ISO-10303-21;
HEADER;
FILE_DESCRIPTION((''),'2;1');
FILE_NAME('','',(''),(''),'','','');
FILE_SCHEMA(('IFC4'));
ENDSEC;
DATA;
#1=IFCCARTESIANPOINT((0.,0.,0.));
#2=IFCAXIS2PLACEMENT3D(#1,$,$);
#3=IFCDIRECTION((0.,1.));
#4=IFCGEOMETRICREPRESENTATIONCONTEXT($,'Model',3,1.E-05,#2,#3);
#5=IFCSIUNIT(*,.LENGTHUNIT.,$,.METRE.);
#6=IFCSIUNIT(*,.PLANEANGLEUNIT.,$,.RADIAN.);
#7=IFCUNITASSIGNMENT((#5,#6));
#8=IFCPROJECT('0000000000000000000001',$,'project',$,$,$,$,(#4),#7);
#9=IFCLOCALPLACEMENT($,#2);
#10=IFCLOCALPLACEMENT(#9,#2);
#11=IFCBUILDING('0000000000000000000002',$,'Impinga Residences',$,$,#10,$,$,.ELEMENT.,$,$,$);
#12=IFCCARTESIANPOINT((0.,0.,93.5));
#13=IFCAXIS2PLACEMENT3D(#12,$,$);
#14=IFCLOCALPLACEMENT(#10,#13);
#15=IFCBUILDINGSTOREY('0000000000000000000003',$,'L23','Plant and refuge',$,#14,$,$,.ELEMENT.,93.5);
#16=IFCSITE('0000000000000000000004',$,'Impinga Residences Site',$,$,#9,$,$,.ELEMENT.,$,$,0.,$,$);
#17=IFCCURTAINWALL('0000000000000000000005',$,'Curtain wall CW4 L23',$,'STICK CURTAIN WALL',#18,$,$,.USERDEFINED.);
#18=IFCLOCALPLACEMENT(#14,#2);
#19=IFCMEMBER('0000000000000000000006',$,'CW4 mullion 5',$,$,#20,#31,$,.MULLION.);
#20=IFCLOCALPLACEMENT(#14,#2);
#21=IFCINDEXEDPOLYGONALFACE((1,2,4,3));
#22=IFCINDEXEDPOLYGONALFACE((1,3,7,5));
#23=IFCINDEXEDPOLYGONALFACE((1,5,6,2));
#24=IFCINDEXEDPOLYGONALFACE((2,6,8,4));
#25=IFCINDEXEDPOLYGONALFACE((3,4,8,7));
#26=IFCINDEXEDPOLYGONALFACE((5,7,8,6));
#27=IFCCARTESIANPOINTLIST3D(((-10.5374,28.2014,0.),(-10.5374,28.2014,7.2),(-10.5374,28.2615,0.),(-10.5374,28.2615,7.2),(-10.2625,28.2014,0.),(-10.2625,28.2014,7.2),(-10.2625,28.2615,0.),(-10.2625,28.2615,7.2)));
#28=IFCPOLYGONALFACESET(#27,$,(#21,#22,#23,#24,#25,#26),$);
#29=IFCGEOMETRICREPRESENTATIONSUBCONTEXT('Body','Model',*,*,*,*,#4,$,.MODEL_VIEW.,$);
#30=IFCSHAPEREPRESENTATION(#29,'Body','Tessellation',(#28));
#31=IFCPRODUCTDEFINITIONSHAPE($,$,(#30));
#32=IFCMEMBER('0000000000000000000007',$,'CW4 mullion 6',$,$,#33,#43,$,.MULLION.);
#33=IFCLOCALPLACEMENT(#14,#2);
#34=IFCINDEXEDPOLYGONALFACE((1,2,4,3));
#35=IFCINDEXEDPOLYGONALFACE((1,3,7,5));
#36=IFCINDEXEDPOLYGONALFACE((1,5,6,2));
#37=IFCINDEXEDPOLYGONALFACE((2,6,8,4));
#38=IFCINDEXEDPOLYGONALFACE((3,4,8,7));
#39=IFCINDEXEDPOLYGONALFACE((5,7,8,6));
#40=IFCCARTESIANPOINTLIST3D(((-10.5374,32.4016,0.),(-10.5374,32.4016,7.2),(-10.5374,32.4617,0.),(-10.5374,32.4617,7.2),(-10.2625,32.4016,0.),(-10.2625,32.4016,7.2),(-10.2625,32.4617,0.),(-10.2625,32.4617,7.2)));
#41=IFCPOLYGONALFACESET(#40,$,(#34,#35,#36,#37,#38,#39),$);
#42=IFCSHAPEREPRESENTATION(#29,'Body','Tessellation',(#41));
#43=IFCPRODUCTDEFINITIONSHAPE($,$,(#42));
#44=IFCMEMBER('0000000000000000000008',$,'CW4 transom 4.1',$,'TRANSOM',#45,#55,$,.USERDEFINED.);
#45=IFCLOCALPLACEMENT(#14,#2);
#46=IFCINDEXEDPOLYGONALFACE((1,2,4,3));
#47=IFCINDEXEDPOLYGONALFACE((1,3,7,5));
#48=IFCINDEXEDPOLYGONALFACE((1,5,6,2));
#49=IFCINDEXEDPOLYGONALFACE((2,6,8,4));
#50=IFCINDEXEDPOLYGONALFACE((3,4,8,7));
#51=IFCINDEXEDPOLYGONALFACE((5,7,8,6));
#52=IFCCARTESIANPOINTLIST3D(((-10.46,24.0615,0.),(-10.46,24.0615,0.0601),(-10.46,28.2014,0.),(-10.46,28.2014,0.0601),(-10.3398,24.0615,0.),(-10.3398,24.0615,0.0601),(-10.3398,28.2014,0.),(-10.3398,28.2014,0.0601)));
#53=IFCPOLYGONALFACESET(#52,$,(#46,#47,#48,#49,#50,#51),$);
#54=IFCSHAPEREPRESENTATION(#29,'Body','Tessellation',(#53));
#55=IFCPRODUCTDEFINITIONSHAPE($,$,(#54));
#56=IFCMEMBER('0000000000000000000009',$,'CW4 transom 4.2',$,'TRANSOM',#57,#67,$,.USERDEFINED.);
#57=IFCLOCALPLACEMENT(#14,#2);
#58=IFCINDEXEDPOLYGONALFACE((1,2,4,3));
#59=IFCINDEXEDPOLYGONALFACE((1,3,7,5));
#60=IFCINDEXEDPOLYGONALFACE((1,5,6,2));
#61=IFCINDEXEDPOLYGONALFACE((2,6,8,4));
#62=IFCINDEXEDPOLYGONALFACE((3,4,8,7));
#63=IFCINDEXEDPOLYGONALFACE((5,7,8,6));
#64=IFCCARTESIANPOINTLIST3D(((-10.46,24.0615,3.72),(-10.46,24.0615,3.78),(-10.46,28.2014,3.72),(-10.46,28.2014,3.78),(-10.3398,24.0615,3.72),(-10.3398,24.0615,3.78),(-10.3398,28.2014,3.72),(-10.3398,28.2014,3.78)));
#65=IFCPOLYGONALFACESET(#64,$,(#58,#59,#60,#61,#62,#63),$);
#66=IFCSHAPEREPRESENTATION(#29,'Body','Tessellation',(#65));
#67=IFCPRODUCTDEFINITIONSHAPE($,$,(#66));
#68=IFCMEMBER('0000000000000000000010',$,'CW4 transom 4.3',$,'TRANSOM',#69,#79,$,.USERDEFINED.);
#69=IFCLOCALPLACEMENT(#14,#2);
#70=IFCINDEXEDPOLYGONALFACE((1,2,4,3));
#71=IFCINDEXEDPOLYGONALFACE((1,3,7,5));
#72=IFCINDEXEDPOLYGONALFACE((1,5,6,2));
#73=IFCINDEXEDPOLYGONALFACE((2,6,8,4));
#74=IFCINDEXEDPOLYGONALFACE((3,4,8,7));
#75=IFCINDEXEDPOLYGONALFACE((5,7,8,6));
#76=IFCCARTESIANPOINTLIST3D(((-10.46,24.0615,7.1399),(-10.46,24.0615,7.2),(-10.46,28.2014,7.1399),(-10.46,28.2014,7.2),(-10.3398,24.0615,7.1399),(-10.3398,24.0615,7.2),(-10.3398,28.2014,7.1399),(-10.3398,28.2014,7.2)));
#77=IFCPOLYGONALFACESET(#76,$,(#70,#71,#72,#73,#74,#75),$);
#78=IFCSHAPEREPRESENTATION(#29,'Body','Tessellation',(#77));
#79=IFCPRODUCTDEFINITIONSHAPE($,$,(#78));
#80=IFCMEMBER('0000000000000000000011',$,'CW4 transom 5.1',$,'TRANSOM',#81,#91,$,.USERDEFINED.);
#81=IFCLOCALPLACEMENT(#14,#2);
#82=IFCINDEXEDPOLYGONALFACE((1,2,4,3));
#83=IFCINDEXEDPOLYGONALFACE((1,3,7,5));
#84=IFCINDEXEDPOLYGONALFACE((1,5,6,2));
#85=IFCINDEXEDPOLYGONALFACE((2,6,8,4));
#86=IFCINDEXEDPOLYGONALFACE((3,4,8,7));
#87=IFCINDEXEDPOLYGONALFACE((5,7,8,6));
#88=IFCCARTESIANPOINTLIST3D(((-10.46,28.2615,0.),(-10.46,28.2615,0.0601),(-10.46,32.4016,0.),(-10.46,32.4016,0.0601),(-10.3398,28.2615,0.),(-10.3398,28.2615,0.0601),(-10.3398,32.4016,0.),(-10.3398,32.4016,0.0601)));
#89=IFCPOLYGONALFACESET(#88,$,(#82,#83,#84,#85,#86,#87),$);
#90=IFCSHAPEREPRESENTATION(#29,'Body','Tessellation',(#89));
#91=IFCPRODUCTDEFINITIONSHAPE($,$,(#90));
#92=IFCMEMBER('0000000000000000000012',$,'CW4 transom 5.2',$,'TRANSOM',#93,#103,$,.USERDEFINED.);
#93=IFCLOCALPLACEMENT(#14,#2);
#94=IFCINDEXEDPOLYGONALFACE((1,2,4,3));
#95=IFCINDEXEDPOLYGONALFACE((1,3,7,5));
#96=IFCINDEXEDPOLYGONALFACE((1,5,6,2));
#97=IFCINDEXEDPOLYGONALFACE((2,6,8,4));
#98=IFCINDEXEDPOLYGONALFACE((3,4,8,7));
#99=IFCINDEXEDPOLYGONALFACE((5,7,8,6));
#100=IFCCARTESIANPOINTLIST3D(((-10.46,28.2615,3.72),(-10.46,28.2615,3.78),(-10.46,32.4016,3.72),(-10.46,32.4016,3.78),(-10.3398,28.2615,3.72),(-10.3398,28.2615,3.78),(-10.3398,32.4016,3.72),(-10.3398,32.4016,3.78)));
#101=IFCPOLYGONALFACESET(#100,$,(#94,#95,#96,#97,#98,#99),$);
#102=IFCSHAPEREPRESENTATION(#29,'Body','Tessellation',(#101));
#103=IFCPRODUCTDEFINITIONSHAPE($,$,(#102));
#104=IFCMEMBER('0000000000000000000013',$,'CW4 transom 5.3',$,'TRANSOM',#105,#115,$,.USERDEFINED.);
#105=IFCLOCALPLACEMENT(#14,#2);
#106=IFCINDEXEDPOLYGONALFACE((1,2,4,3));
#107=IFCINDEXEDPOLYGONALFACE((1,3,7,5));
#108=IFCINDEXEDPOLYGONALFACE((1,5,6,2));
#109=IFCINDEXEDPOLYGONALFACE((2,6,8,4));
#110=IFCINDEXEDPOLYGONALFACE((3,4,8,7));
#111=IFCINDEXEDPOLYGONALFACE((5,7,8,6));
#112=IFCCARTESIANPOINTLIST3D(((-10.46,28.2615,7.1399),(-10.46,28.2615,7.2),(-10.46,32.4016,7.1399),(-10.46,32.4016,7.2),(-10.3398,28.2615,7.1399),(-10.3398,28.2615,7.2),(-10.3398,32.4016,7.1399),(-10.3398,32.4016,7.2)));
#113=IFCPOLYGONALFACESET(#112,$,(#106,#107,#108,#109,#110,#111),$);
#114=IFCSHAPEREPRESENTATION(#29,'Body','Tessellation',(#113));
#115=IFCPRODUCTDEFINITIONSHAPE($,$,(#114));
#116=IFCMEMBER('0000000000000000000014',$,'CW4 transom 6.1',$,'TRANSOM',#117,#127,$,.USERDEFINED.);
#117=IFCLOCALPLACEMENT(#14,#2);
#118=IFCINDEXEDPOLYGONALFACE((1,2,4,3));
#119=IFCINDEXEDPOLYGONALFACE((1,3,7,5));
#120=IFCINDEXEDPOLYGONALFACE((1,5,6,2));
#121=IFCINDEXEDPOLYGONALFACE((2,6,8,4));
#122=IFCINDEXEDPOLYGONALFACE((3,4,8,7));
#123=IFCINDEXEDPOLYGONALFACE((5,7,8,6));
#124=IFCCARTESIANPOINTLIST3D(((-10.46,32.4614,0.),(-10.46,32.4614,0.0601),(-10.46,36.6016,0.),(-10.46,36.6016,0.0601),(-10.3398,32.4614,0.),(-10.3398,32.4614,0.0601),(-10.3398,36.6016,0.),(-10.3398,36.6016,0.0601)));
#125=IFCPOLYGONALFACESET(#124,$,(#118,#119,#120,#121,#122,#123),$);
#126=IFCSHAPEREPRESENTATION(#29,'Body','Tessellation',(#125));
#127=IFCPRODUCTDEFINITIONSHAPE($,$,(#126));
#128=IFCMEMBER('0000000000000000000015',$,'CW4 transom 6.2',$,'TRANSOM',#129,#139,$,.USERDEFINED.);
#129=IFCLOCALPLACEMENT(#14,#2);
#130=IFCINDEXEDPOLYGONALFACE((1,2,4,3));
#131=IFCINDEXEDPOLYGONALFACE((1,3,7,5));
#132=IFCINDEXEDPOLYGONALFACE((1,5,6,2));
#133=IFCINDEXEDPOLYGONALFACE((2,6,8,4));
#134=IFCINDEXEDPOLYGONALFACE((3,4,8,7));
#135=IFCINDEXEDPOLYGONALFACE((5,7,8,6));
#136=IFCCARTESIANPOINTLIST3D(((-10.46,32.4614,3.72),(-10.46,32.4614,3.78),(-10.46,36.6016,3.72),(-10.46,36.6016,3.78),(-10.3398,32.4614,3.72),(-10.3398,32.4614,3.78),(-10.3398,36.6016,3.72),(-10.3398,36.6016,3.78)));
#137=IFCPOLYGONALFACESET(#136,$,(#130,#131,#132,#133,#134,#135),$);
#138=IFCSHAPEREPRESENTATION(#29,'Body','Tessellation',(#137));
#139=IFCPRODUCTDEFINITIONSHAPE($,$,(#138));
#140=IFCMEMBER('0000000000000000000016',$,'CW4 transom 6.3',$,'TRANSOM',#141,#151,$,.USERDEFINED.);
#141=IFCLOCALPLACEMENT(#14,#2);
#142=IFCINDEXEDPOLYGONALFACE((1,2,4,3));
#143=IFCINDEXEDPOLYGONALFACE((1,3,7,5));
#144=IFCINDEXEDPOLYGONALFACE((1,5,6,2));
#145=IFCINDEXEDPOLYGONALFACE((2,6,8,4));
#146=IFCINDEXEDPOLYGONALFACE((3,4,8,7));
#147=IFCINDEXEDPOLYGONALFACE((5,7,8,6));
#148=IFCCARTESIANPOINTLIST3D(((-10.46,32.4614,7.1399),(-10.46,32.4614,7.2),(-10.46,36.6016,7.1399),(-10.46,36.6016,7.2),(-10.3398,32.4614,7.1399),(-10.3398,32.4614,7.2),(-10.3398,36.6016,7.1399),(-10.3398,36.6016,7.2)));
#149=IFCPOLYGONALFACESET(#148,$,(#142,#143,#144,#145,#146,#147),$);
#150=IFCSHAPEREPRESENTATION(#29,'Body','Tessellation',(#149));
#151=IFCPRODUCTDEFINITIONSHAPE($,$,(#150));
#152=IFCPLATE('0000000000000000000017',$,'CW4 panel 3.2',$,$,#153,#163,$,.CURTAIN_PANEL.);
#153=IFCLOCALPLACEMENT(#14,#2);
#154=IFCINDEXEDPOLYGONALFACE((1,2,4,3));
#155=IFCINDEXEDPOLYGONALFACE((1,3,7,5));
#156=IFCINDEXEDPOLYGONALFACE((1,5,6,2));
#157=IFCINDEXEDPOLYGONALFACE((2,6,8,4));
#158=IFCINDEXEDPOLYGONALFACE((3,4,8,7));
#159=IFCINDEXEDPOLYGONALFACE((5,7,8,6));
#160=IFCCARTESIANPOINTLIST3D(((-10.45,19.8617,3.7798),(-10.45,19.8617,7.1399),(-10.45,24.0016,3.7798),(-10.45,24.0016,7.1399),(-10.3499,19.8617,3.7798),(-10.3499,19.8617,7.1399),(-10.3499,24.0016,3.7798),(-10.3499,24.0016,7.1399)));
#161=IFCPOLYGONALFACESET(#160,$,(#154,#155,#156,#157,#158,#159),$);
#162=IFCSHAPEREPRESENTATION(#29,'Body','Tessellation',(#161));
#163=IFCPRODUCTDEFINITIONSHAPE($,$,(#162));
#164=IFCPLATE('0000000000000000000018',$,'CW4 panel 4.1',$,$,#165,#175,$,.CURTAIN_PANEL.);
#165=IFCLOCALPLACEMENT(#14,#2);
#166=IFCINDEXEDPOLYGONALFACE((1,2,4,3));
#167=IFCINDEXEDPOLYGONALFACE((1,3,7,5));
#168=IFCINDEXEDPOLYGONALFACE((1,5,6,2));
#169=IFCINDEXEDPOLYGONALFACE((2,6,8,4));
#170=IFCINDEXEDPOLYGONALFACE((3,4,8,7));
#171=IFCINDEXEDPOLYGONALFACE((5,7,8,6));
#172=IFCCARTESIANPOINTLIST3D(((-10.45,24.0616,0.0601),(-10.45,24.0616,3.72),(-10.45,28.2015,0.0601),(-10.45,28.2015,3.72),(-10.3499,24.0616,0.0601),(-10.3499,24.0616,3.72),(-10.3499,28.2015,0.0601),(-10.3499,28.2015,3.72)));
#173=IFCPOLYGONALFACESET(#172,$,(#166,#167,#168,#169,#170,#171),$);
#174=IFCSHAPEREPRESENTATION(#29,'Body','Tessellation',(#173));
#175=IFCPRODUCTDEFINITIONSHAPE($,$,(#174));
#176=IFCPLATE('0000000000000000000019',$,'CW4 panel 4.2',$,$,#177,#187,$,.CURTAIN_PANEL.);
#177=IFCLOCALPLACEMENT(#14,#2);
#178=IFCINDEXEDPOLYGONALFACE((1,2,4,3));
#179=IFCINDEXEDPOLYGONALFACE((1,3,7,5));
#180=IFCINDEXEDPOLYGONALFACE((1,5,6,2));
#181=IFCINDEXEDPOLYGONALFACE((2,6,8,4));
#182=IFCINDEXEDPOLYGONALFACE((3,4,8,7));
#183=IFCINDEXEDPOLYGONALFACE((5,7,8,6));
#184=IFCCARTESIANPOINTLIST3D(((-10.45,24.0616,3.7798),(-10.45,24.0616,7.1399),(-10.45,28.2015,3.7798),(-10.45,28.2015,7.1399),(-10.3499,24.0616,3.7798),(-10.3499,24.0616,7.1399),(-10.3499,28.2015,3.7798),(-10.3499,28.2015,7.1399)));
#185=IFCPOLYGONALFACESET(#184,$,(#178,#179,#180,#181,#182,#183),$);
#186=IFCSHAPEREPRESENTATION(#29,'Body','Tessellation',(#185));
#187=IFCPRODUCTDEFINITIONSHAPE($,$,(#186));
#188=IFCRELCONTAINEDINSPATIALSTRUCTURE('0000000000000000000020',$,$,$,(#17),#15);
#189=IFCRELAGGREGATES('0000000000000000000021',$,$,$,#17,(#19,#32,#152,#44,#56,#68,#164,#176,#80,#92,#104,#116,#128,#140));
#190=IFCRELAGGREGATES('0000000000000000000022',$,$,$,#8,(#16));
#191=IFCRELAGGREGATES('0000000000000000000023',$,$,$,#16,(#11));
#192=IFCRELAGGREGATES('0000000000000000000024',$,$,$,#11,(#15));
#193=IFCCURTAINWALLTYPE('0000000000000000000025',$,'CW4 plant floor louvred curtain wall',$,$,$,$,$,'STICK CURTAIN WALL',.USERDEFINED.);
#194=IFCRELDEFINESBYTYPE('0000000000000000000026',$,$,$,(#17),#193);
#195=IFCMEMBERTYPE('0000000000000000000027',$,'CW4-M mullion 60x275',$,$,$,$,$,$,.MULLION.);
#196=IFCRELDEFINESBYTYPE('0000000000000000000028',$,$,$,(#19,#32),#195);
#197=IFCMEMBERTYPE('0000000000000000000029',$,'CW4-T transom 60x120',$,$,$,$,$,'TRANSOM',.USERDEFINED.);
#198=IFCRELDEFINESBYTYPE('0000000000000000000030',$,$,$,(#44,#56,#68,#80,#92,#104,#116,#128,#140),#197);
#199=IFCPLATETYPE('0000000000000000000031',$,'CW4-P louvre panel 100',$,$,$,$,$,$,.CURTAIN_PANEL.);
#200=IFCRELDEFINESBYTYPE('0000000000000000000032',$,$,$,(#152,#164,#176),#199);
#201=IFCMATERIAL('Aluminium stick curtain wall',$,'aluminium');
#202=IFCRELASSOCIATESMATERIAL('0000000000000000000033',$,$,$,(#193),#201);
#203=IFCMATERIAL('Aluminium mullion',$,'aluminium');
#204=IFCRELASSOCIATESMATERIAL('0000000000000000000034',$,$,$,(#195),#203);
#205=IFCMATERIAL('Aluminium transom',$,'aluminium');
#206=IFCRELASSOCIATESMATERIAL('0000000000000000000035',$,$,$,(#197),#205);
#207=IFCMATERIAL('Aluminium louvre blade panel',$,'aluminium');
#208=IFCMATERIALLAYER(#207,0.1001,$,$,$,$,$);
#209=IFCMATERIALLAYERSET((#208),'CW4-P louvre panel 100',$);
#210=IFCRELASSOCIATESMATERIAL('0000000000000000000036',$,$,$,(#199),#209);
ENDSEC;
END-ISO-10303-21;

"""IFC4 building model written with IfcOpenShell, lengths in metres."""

from ifc_helpers import new_model, si_unit, direction, frame, origin, origin_2d, place, context, subcontext, project, spatial, rectangle, extrude, material, layer, layer_set, material_profile, profile_set, type_object, element, aggregate, save


model = new_model("IFC4")

# Units and contexts
model_context = context("Model", 3, precision=1e-05, world=origin(), true_north=direction((0.0, 1.0)))
body_context = subcontext(model_context, "Body", "Model", "MODEL_VIEW")
ifc_project = project(units=[si_unit("LENGTHUNIT", "METRE"), si_unit("PLANEANGLEUNIT", "RADIAN")], contexts=[model_context])

# Site, building, storey
site_placement = place(None, origin())
site = spatial("IfcSite", under=ifc_project, at=site_placement, Name="Impinga Residences Site", CompositionType="ELEMENT", RefElevation=0.0)
building_placement = place(site_placement, origin())
building = spatial("IfcBuilding", under=site, at=building_placement, Name="Impinga Residences", CompositionType="ELEMENT")
storey_placement = place(building_placement, frame((0.0, 0.0, 93.5)))
storey = spatial("IfcBuildingStorey", under=building, at=storey_placement, Name="L23", Description="Plant and refuge", CompositionType="ELEMENT", Elevation=93.5)

# Curtain wall, members, plates
ifc_material_1 = material(Name="Aluminium stick curtain wall", Category="aluminium")
curtain_wall_type = type_object("IfcCurtainWallType", Name="CW4 plant floor louvred curtain wall", ElementType="STICK CURTAIN WALL", PredefinedType="USERDEFINED", material=ifc_material_1)
curtain_wall_placement = place(storey_placement, origin())
curtain_wall = element("IfcCurtainWall", 1, at=curtain_wall_placement, inside=storey, type_object=curtain_wall_type, Name="Curtain wall CW4 L23", ObjectType="STICK CURTAIN WALL", PredefinedType="USERDEFINED")
ifc_material_2 = material(Name="Aluminium mullion", Category="aluminium")
ifc_material_profile_1 = material_profile(ifc_material_2, rectangle(XDim=0.0601, YDim=0.2749, at=origin_2d()), Name="60x275 mullion")
ifc_profile_set_1 = profile_set([ifc_material_profile_1], Name="Aluminium mullion")
member_type_1 = type_object("IfcMemberType", Name="CW4-M mullion 60x275", PredefinedType="MULLION", material=ifc_profile_set_1)
member_1_placement = place(storey_placement, frame((-10.3999, 28.2314, 0.0), z_axis=(0.0, 0.0, 1.0), x_axis=(0.0, 1.0, 0.0)))
member_1 = element("IfcMember", 2, at=member_1_placement, type_object=member_type_1, Name="CW4 mullion 5", PredefinedType="MULLION", context=body_context, shape_type="SweptSolid", body=[
    extrude(rectangle(XDim=0.0601, YDim=0.2749, at=origin_2d()), origin(), (0.0, 0.0, 1.0), 7.2),
])
member_2_placement = place(storey_placement, frame((-10.3999, 32.4316, 0.0), z_axis=(0.0, 0.0, 1.0), x_axis=(0.0, 1.0, 0.0)))
member_2 = element("IfcMember", 3, at=member_2_placement, type_object=member_type_1, Name="CW4 mullion 6", PredefinedType="MULLION", context=body_context, shape_type="SweptSolid", body=[
    extrude(rectangle(XDim=0.0601, YDim=0.2749, at=origin_2d()), origin(), (0.0, 0.0, 1.0), 7.2),
])
ifc_material_3 = material(Name="Aluminium transom", Category="aluminium")
ifc_material_profile_2 = material_profile(ifc_material_3, rectangle(XDim=0.0601, YDim=0.1201, at=origin_2d()), Name="60x120 transom")
ifc_profile_set_2 = profile_set([ifc_material_profile_2], Name="Aluminium transom")
member_type_2 = type_object("IfcMemberType", Name="CW4-T transom 60x120", ElementType="TRANSOM", PredefinedType="USERDEFINED", material=ifc_profile_set_2)
member_3_placement = place(storey_placement, frame((-10.3999, 24.0615, 0.03), z_axis=(0.0, 1.0, 0.0), x_axis=(0.0, 0.0, 1.0)))
member_3 = element("IfcMember", 4, at=member_3_placement, type_object=member_type_2, Name="CW4 transom 4.1", ObjectType="TRANSOM", PredefinedType="USERDEFINED", context=body_context, shape_type="SweptSolid", body=[
    extrude(rectangle(XDim=0.0601, YDim=0.1201, at=origin_2d()), origin(), (0.0, 0.0, 1.0), 4.1399),
])
member_4_placement = place(storey_placement, frame((-10.3999, 24.0615, 3.75), z_axis=(0.0, 1.0, 0.0), x_axis=(0.0, 0.0, 1.0)))
member_4 = element("IfcMember", 5, at=member_4_placement, type_object=member_type_2, Name="CW4 transom 4.2", ObjectType="TRANSOM", PredefinedType="USERDEFINED", context=body_context, shape_type="SweptSolid", body=[
    extrude(rectangle(XDim=0.0601, YDim=0.1201, at=origin_2d()), origin(), (0.0, 0.0, 1.0), 4.1399),
])
member_5_placement = place(storey_placement, frame((-10.3999, 24.0615, 7.1699), z_axis=(0.0, 1.0, 0.0), x_axis=(0.0, 0.0, 1.0)))
member_5 = element("IfcMember", 6, at=member_5_placement, type_object=member_type_2, Name="CW4 transom 4.3", ObjectType="TRANSOM", PredefinedType="USERDEFINED", context=body_context, shape_type="SweptSolid", body=[
    extrude(rectangle(XDim=0.0601, YDim=0.1201, at=origin_2d()), origin(), (0.0, 0.0, 1.0), 4.1399),
])
member_6_placement = place(storey_placement, frame((-10.3999, 28.2615, 0.03), z_axis=(0.0, 1.0, 0.0), x_axis=(0.0, 0.0, 1.0)))
member_6 = element("IfcMember", 7, at=member_6_placement, type_object=member_type_2, Name="CW4 transom 5.1", ObjectType="TRANSOM", PredefinedType="USERDEFINED", context=body_context, shape_type="SweptSolid", body=[
    extrude(rectangle(XDim=0.0601, YDim=0.1201, at=origin_2d()), origin(), (0.0, 0.0, 1.0), 4.1401),
])
member_7_placement = place(storey_placement, frame((-10.3999, 28.2615, 3.75), z_axis=(0.0, 1.0, 0.0), x_axis=(0.0, 0.0, 1.0)))
member_7 = element("IfcMember", 8, at=member_7_placement, type_object=member_type_2, Name="CW4 transom 5.2", ObjectType="TRANSOM", PredefinedType="USERDEFINED", context=body_context, shape_type="SweptSolid", body=[
    extrude(rectangle(XDim=0.0601, YDim=0.1201, at=origin_2d()), origin(), (0.0, 0.0, 1.0), 4.1401),
])
member_8_placement = place(storey_placement, frame((-10.3999, 28.2615, 7.1699), z_axis=(0.0, 1.0, 0.0), x_axis=(0.0, 0.0, 1.0)))
member_8 = element("IfcMember", 9, at=member_8_placement, type_object=member_type_2, Name="CW4 transom 5.3", ObjectType="TRANSOM", PredefinedType="USERDEFINED", context=body_context, shape_type="SweptSolid", body=[
    extrude(rectangle(XDim=0.0601, YDim=0.1201, at=origin_2d()), origin(), (0.0, 0.0, 1.0), 4.1401),
])
member_9_placement = place(storey_placement, frame((-10.3999, 32.4614, 0.03), z_axis=(0.0, 1.0, 0.0), x_axis=(0.0, 0.0, 1.0)))
member_9 = element("IfcMember", 10, at=member_9_placement, type_object=member_type_2, Name="CW4 transom 6.1", ObjectType="TRANSOM", PredefinedType="USERDEFINED", context=body_context, shape_type="SweptSolid", body=[
    extrude(rectangle(XDim=0.0601, YDim=0.1201, at=origin_2d()), origin(), (0.0, 0.0, 1.0), 4.1401),
])
member_10_placement = place(storey_placement, frame((-10.3999, 32.4614, 3.75), z_axis=(0.0, 1.0, 0.0), x_axis=(0.0, 0.0, 1.0)))
member_10 = element("IfcMember", 11, at=member_10_placement, type_object=member_type_2, Name="CW4 transom 6.2", ObjectType="TRANSOM", PredefinedType="USERDEFINED", context=body_context, shape_type="SweptSolid", body=[
    extrude(rectangle(XDim=0.0601, YDim=0.1201, at=origin_2d()), origin(), (0.0, 0.0, 1.0), 4.1401),
])
member_11_placement = place(storey_placement, frame((-10.3999, 32.4614, 7.1699), z_axis=(0.0, 1.0, 0.0), x_axis=(0.0, 0.0, 1.0)))
member_11 = element("IfcMember", 12, at=member_11_placement, type_object=member_type_2, Name="CW4 transom 6.3", ObjectType="TRANSOM", PredefinedType="USERDEFINED", context=body_context, shape_type="SweptSolid", body=[
    extrude(rectangle(XDim=0.0601, YDim=0.1201, at=origin_2d()), origin(), (0.0, 0.0, 1.0), 4.1401),
])
ifc_material_4 = material(Name="Aluminium louvre blade panel", Category="aluminium")
ifc_layer_1 = layer(ifc_material_4, 0.1001)
ifc_layer_set_1 = layer_set([ifc_layer_1], Name="CW4-P louvre panel 100")
plate_type = type_object("IfcPlateType", Name="CW4-P louvre panel 100", PredefinedType="CURTAIN_PANEL", material=ifc_layer_set_1)
plate_1_placement = place(storey_placement, frame((-10.3999, 21.9316, 3.7798), z_axis=(0.0, 0.0, 1.0), x_axis=(0.0, 1.0, 0.0)))
plate_1 = element("IfcPlate", 13, at=plate_1_placement, type_object=plate_type, Name="CW4 panel 3.2", PredefinedType="CURTAIN_PANEL", context=body_context, shape_type="SweptSolid", body=[
    extrude(rectangle(XDim=4.1399, YDim=0.1001, at=origin_2d()), origin(), (0.0, 0.0, 1.0), 3.3601),
])
plate_2_placement = place(storey_placement, frame((-10.3999, 26.1316, 0.0601), z_axis=(0.0, 0.0, 1.0), x_axis=(0.0, 1.0, 0.0)))
plate_2 = element("IfcPlate", 14, at=plate_2_placement, type_object=plate_type, Name="CW4 panel 4.1", PredefinedType="CURTAIN_PANEL", context=body_context, shape_type="SweptSolid", body=[
    extrude(rectangle(XDim=4.1399, YDim=0.1001, at=origin_2d()), origin(), (0.0, 0.0, 1.0), 3.6599),
])
plate_3_placement = place(storey_placement, frame((-10.3999, 26.1316, 3.7798), z_axis=(0.0, 0.0, 1.0), x_axis=(0.0, 1.0, 0.0)))
plate_3 = element("IfcPlate", 15, at=plate_3_placement, type_object=plate_type, Name="CW4 panel 4.2", PredefinedType="CURTAIN_PANEL", context=body_context, shape_type="SweptSolid", body=[
    extrude(rectangle(XDim=4.1399, YDim=0.1001, at=origin_2d()), origin(), (0.0, 0.0, 1.0), 3.3601),
])
aggregate(curtain_wall, [member_1, member_2, plate_1, member_3, member_4, member_5, plate_2, plate_3, member_6, member_7, member_8, member_9, member_10, member_11])

save(model, "model.ifc")
